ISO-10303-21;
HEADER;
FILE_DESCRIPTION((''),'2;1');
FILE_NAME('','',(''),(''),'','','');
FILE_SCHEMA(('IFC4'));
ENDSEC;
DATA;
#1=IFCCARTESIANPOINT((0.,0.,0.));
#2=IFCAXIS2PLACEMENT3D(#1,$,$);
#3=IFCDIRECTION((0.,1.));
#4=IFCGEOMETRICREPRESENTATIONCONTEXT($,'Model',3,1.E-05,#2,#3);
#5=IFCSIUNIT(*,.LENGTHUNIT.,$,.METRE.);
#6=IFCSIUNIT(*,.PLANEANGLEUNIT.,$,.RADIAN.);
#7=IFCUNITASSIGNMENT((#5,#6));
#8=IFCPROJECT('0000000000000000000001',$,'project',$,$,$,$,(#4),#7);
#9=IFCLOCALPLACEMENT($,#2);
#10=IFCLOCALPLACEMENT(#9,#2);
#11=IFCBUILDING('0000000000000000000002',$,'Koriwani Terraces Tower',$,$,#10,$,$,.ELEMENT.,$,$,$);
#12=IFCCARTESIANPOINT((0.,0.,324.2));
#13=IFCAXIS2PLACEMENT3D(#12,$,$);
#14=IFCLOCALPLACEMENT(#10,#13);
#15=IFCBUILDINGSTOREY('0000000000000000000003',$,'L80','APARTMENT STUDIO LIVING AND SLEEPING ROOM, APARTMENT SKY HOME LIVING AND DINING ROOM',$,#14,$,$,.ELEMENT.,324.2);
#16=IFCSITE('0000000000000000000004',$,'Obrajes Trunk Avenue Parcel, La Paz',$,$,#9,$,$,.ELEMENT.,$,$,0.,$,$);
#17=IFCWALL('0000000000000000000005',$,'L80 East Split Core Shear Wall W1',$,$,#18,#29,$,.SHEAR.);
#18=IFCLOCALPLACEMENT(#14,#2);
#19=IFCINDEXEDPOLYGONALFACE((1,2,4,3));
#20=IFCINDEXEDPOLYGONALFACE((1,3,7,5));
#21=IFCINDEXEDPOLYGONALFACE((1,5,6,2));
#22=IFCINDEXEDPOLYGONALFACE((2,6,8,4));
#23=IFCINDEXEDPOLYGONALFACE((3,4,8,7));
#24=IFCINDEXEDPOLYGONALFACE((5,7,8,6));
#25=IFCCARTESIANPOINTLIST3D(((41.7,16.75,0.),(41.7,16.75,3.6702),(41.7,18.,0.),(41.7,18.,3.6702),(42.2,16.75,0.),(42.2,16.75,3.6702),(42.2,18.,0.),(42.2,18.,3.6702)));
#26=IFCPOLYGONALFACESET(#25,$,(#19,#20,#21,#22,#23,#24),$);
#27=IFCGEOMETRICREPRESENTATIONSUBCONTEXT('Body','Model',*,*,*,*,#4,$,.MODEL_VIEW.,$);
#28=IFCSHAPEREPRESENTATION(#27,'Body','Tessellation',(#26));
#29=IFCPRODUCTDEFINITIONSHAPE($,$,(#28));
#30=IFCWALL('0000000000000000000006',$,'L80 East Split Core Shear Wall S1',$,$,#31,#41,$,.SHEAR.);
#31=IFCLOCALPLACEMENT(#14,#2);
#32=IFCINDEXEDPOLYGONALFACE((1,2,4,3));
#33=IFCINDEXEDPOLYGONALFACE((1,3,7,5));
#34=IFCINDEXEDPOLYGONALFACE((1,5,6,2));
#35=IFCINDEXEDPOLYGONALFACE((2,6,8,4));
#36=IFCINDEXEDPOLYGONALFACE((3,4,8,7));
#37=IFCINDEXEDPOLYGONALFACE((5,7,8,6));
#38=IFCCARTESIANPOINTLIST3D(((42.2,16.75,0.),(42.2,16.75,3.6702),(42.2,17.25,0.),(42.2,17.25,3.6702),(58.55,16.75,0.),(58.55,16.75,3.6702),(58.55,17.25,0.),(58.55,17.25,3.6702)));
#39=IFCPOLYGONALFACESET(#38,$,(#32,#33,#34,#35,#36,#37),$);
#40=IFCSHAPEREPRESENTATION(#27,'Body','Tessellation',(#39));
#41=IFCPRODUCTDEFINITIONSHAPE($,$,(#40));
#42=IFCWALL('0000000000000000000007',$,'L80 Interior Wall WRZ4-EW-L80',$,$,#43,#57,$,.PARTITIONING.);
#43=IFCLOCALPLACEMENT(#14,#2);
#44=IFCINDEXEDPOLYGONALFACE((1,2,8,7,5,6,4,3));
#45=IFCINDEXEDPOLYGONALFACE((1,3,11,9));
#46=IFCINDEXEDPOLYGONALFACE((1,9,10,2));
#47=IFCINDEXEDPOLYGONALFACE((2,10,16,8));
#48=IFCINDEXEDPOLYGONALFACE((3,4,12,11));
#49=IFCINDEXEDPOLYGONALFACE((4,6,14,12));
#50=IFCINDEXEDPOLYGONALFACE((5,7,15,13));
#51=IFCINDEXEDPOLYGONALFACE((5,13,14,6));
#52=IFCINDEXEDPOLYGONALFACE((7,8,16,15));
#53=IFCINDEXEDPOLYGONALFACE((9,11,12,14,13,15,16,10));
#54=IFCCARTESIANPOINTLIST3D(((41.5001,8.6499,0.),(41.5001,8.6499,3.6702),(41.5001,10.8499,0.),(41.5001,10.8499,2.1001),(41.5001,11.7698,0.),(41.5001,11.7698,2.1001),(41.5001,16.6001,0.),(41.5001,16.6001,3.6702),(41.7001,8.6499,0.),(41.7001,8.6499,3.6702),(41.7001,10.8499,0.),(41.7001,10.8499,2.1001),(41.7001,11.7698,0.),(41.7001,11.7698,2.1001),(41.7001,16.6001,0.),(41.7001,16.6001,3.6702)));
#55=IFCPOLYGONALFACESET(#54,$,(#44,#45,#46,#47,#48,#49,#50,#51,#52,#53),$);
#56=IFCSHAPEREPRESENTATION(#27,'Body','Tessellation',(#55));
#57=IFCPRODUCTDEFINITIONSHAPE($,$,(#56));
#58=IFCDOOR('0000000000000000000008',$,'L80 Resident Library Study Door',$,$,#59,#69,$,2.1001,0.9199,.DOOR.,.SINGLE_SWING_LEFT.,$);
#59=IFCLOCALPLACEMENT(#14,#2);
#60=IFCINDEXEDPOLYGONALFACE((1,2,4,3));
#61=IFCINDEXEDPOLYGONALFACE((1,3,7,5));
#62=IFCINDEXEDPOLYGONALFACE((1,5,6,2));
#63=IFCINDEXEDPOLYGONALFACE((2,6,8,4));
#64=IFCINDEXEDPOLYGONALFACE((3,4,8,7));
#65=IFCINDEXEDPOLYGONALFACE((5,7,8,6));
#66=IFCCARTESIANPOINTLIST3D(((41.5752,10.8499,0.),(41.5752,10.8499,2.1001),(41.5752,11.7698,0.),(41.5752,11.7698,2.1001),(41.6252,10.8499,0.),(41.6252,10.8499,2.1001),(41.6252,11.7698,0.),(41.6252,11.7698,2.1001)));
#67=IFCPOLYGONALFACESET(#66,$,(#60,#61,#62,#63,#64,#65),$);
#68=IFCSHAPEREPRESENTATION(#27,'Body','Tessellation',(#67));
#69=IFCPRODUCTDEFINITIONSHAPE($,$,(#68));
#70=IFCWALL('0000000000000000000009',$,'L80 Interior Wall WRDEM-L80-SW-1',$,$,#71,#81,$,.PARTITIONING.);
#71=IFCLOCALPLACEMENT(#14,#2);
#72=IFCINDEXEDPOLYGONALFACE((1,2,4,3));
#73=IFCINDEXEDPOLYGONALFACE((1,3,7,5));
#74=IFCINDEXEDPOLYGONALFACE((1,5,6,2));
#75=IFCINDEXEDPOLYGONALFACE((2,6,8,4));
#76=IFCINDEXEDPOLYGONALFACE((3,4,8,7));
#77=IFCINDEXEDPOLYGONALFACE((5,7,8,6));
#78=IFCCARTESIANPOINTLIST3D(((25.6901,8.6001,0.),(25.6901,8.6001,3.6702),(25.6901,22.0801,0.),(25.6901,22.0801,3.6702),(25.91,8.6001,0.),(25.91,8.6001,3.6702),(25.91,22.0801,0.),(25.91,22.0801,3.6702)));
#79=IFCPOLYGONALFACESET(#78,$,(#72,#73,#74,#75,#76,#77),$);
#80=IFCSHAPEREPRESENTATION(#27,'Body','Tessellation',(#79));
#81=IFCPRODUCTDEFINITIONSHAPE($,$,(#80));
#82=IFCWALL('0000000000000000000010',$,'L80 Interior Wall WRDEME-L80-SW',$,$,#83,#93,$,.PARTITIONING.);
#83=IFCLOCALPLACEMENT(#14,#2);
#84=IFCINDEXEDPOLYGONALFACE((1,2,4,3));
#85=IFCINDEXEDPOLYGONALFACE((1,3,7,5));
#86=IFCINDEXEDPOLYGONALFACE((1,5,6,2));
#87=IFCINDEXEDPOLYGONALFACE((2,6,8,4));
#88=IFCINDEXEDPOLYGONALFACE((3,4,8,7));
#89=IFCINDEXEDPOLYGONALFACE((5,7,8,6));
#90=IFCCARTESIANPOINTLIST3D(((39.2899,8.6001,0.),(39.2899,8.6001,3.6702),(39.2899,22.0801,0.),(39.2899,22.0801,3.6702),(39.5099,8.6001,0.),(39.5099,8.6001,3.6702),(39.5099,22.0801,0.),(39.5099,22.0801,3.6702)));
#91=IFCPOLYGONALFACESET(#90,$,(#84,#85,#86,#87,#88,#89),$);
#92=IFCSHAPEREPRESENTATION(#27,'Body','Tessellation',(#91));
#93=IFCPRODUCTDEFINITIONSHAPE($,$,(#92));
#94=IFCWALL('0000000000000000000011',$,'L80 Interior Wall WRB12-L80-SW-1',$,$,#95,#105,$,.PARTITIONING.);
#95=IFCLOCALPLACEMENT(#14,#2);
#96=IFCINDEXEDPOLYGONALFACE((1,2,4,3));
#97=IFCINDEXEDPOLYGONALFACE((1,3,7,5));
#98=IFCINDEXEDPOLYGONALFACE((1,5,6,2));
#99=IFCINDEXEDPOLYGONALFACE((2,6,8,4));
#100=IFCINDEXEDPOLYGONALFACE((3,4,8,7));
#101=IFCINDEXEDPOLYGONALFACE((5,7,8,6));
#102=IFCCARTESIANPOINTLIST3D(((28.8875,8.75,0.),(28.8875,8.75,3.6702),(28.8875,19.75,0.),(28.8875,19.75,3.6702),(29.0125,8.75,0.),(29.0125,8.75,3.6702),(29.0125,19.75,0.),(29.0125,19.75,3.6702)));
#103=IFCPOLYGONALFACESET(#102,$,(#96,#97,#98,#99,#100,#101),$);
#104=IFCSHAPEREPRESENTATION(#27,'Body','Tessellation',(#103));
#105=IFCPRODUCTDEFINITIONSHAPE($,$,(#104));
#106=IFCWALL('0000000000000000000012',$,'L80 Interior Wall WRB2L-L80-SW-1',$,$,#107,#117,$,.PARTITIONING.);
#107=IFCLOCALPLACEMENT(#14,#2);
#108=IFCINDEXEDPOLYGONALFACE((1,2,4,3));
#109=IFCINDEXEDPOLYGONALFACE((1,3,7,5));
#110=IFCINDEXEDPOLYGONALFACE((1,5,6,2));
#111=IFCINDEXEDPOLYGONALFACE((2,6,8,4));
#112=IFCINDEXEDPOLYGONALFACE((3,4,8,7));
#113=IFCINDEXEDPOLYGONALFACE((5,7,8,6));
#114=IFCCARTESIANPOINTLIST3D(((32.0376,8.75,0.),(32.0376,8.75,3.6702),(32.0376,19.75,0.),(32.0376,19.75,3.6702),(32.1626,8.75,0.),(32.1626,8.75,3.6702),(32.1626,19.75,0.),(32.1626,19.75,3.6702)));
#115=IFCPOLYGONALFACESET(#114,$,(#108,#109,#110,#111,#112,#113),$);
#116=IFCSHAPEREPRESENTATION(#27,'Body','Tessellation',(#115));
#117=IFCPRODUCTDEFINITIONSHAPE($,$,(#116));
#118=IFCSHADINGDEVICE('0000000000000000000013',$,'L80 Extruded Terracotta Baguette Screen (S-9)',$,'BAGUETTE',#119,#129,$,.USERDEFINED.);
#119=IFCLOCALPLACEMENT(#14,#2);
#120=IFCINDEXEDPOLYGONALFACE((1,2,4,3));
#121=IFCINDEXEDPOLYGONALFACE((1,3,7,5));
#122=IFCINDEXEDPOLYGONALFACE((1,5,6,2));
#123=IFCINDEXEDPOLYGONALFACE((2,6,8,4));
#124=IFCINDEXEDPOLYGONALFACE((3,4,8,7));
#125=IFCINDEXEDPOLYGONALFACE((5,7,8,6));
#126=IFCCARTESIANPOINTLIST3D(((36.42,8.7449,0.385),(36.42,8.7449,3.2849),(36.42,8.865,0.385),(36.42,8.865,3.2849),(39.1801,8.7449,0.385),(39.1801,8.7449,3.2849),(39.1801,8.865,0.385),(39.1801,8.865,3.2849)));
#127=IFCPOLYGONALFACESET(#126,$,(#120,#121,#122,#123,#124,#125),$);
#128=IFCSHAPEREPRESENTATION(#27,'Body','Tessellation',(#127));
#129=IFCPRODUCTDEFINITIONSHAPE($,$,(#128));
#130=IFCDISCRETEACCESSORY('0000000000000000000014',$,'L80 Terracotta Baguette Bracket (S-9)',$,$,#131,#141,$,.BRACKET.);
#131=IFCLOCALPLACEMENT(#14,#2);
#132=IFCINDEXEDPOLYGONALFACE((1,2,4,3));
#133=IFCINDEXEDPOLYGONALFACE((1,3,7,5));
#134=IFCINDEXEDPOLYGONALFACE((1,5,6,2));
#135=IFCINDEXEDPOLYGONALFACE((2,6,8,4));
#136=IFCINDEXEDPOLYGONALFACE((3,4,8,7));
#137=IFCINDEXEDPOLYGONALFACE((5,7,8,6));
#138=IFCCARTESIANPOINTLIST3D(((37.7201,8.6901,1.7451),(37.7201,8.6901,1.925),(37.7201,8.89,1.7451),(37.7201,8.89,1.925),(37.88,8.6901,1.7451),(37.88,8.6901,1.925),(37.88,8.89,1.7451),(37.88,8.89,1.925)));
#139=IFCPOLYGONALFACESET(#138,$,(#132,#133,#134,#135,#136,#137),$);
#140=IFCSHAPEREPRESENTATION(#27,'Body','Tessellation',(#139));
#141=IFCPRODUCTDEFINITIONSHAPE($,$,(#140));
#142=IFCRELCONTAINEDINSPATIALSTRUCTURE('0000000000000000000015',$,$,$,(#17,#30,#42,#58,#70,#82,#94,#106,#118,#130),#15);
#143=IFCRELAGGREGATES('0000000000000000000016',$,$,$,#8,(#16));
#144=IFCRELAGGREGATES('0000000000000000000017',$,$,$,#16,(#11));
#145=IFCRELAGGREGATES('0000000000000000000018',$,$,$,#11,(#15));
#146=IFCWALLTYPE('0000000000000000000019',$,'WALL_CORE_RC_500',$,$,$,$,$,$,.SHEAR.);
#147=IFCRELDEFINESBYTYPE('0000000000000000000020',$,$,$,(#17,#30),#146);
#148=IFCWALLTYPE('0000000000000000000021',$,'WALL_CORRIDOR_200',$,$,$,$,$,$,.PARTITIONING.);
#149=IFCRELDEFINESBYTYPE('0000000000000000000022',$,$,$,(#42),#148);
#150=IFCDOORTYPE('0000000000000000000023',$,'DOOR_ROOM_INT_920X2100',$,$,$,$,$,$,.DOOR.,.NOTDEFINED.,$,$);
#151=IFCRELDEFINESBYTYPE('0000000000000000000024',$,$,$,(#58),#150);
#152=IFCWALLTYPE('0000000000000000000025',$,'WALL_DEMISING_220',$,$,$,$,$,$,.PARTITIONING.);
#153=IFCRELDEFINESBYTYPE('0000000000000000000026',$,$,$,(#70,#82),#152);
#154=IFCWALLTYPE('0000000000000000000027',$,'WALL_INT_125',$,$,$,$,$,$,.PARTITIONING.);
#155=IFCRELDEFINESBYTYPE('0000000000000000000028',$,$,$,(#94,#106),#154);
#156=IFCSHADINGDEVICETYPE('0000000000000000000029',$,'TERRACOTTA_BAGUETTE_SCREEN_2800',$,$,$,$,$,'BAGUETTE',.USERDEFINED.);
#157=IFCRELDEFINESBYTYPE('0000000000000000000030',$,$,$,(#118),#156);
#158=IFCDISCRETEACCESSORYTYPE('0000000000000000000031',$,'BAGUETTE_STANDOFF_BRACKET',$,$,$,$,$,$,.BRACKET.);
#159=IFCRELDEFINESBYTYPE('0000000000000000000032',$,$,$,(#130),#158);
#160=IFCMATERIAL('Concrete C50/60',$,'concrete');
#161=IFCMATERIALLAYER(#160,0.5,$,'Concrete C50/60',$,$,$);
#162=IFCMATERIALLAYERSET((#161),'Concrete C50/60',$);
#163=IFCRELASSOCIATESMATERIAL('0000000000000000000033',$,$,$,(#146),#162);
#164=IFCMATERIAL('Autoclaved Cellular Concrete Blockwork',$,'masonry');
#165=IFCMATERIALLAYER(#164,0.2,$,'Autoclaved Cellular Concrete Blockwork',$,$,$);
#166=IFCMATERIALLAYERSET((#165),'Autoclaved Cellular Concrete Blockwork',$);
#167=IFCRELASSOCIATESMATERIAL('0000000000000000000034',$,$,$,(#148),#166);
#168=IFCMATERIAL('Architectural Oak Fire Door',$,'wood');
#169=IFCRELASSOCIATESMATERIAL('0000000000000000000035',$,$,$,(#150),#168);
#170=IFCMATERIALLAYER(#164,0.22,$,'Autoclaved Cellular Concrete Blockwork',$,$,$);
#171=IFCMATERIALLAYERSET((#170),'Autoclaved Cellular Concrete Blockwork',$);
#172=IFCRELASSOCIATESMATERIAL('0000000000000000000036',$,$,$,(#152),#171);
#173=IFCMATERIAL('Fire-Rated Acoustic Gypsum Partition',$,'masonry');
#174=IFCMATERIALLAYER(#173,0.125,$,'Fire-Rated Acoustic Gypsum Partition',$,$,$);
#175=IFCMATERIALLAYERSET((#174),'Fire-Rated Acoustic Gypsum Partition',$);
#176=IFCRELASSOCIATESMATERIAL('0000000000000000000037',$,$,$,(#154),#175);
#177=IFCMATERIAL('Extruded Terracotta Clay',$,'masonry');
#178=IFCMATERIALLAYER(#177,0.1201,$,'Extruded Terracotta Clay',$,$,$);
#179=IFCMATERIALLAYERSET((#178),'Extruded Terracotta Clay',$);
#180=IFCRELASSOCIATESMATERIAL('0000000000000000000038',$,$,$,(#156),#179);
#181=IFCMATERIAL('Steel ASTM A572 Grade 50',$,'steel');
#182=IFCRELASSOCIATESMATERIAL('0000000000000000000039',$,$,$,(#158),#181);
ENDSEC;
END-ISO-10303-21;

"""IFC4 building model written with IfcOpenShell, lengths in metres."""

from ifc_helpers import new_model, si_unit, direction, frame, frame_2d, origin, origin_2d, place, context, subcontext, project, spatial, rectangle, extrude, material, layer, layer_set, type_object, element, fill, save


model = new_model("IFC4")

# Units and contexts
model_context = context("Model", 3, precision=1e-05, world=origin(), true_north=direction((0.0, 1.0)))
body_context = subcontext(model_context, "Body", "Model", "MODEL_VIEW")
ifc_project = project(units=[si_unit("LENGTHUNIT", "METRE"), si_unit("PLANEANGLEUNIT", "RADIAN")], contexts=[model_context])

# Site, building, storey
site_placement = place(None, origin())
site = spatial("IfcSite", under=ifc_project, at=site_placement, Name="Obrajes Trunk Avenue Parcel, La Paz", CompositionType="ELEMENT", RefElevation=0.0)
building_placement = place(site_placement, origin())
building = spatial("IfcBuilding", under=site, at=building_placement, Name="Koriwani Terraces Tower", CompositionType="ELEMENT")
storey_placement = place(building_placement, frame((0.0, 0.0, 324.2)))
storey = spatial("IfcBuildingStorey", under=building, at=storey_placement, Name="L80", Description="APARTMENT STUDIO LIVING AND SLEEPING ROOM, APARTMENT SKY HOME LIVING AND DINING ROOM", CompositionType="ELEMENT", Elevation=324.2)

# Shared definitions
ifc_material_1 = material(Name="Concrete C50/60", Category="concrete")

# Shared definitions
ifc_material_2 = material(Name="Steel ASTM A572 Grade 50", Category="steel")

# Walls
ifc_layer_1 = layer(ifc_material_1, 0.5, Name="Concrete C50/60")
ifc_layer_set_1 = layer_set([ifc_layer_1], Name="Concrete C50/60")
wall_type_1 = type_object("IfcWallType", Name="WALL_CORE_RC_500", PredefinedType="SHEAR", material=ifc_layer_set_1)
wall_1_placement = place(storey_placement, frame((41.95, 16.75, 0.0), z_axis=(0.0, 0.0, 1.0), x_axis=(0.0, 1.0, 0.0)))
element("IfcWall", 1, at=wall_1_placement, inside=storey, type_object=wall_type_1, Name="L80 East Split Core Shear Wall W1", PredefinedType="SHEAR", context=body_context, shape_type="SweptSolid", body=[
    extrude(rectangle(XDim=1.25, YDim=0.5, at=frame_2d((0.625, 0.0))), origin(), (0.0, 0.0, 1.0), 3.6702),
])
wall_2_placement = place(storey_placement, frame((42.2, 17.0, 0.0), z_axis=(0.0, 0.0, 1.0), x_axis=(1.0, 0.0, 0.0)))
element("IfcWall", 2, at=wall_2_placement, inside=storey, type_object=wall_type_1, Name="L80 East Split Core Shear Wall S1", PredefinedType="SHEAR", context=body_context, shape_type="SweptSolid", body=[
    extrude(rectangle(XDim=16.3501, YDim=0.5, at=frame_2d((8.175, 0.0))), origin(), (0.0, 0.0, 1.0), 3.6702),
])

# Wall, opening, door
ifc_material_3 = material(Name="Autoclaved Cellular Concrete Blockwork", Category="masonry")
ifc_layer_2 = layer(ifc_material_3, 0.2, Name="Autoclaved Cellular Concrete Blockwork")
ifc_layer_set_2 = layer_set([ifc_layer_2], Name="Autoclaved Cellular Concrete Blockwork")
wall_type_2 = type_object("IfcWallType", Name="WALL_CORRIDOR_200", PredefinedType="PARTITIONING", material=ifc_layer_set_2)
wall_3_placement = place(storey_placement, frame((41.6001, 8.6499, 0.0), z_axis=(0.0, 0.0, 1.0), x_axis=(0.0, 1.0, 0.0)))
wall_3 = element("IfcWall", 3, at=wall_3_placement, inside=storey, type_object=wall_type_2, Name="L80 Interior Wall WRZ4-EW-L80", PredefinedType="PARTITIONING", context=body_context, shape_type="SweptSolid", body=[
    extrude(rectangle(XDim=7.9502, YDim=0.2, at=frame_2d((3.9751, 0.0))), origin(), (0.0, 0.0, 1.0), 3.6702),
])
opening_placement = place(wall_3_placement, frame((2.2, 0.0, 0.0)))
opening = element("IfcOpeningElement", 4, at=opening_placement, cuts=wall_3, PredefinedType="OPENING", context=body_context, shape_type="SweptSolid", body=[
    extrude(rectangle(XDim=0.9199, YDim=2.1001, at=frame_2d((0.46, 1.05))), frame((0.0, 0.1099, 0.0), z_axis=(0.0, -1.0, 0.0), x_axis=(1.0, 0.0, 0.0)), (0.0, 0.0, 1.0), 0.22),
])
ifc_material_4 = material(Name="Architectural Oak Fire Door", Category="wood")
door_type = type_object("IfcDoorType", Name="DOOR_ROOM_INT_920X2100", OperationType="NOTDEFINED", PredefinedType="DOOR", material=ifc_material_4)
door_placement = place(opening_placement, origin())
door = element("IfcDoor", 5, at=door_placement, inside=storey, type_object=door_type, Name="L80 Resident Library Study Door", OperationType="SINGLE_SWING_LEFT", OverallHeight=2.1001, OverallWidth=0.9199, PredefinedType="DOOR", context=body_context, shape_type="SweptSolid", body=[
    extrude(rectangle(XDim=0.9199, YDim=2.1001, at=frame_2d((0.46, 1.05))), frame((0.0, 0.0249, 0.0), z_axis=(0.0, -1.0, 0.0), x_axis=(1.0, 0.0, 0.0)), (0.0, 0.0, 1.0), 0.05),
])
fill(opening, door)

# Walls
ifc_layer_3 = layer(ifc_material_3, 0.22, Name="Autoclaved Cellular Concrete Blockwork")
ifc_layer_set_3 = layer_set([ifc_layer_3], Name="Autoclaved Cellular Concrete Blockwork")
wall_type_3 = type_object("IfcWallType", Name="WALL_DEMISING_220", PredefinedType="PARTITIONING", material=ifc_layer_set_3)
for number, where, z_axis, x_axis, name in (
    (6, (25.8, 8.6001, 0.0), (0.0, 0.0, 1.0), (0.0, 1.0, 0.0), "L80 Interior Wall WRDEM-L80-SW-1"),
    (7, (39.3999, 8.6001, 0.0), (0.0, 0.0, 1.0), (0.0, 1.0, 0.0), "L80 Interior Wall WRDEME-L80-SW"),
):
    element("IfcWall", number, at=place(storey_placement, frame(where, z_axis=z_axis, x_axis=x_axis)), inside=storey, type_object=wall_type_3, Name=name, PredefinedType="PARTITIONING", context=body_context, shape_type="SweptSolid", body=[
        extrude(rectangle(XDim=13.48, YDim=0.22, at=frame_2d((6.74, 0.0))), origin(), (0.0, 0.0, 1.0), 3.6702),
    ])
ifc_material_5 = material(Name="Fire-Rated Acoustic Gypsum Partition", Category="masonry")
ifc_layer_4 = layer(ifc_material_5, 0.125, Name="Fire-Rated Acoustic Gypsum Partition")
ifc_layer_set_4 = layer_set([ifc_layer_4], Name="Fire-Rated Acoustic Gypsum Partition")
wall_type_4 = type_object("IfcWallType", Name="WALL_INT_125", PredefinedType="PARTITIONING", material=ifc_layer_set_4)
for number, where, z_axis, x_axis, name in (
    (8, (28.95, 8.75, 0.0), (0.0, 0.0, 1.0), (0.0, 1.0, 0.0), "L80 Interior Wall WRB12-L80-SW-1"),
    (9, (32.1001, 8.75, 0.0), (0.0, 0.0, 1.0), (0.0, 1.0, 0.0), "L80 Interior Wall WRB2L-L80-SW-1"),
):
    element("IfcWall", number, at=place(storey_placement, frame(where, z_axis=z_axis, x_axis=x_axis)), inside=storey, type_object=wall_type_4, Name=name, PredefinedType="PARTITIONING", context=body_context, shape_type="SweptSolid", body=[
        extrude(rectangle(XDim=11.0, YDim=0.125, at=frame_2d((5.5, 0.0))), origin(), (0.0, 0.0, 1.0), 3.6702),
    ])

# Shading device
ifc_material_6 = material(Name="Extruded Terracotta Clay", Category="masonry")
ifc_layer_5 = layer(ifc_material_6, 0.1201, Name="Extruded Terracotta Clay")
ifc_layer_set_5 = layer_set([ifc_layer_5], Name="Extruded Terracotta Clay")
shading_device_type = type_object("IfcShadingDeviceType", Name="TERRACOTTA_BAGUETTE_SCREEN_2800", ElementType="BAGUETTE", PredefinedType="USERDEFINED", material=ifc_layer_set_5)
shading_device_placement = place(storey_placement, frame((37.8, 8.8049, 0.385), z_axis=(0.0, 0.0, 1.0), x_axis=(-1.0, 0.0, 0.0)))
element("IfcShadingDevice", 10, at=shading_device_placement, inside=storey, type_object=shading_device_type, Name="L80 Extruded Terracotta Baguette Screen (S-9)", ObjectType="BAGUETTE", PredefinedType="USERDEFINED", context=body_context, shape_type="SweptSolid", body=[
    extrude(rectangle(XDim=2.76, YDim=0.1201, at=origin_2d()), origin(), (0.0, 0.0, 1.0), 2.8999),
])

# Discrete accessory
discrete_accessory_type = type_object("IfcDiscreteAccessoryType", Name="BAGUETTE_STANDOFF_BRACKET", PredefinedType="BRACKET", material=ifc_material_2)
discrete_accessory_placement = place(storey_placement, frame((37.8, 8.79, 1.7451), z_axis=(0.0, 0.0, 1.0), x_axis=(-1.0, 0.0, 0.0)))
element("IfcDiscreteAccessory", 11, at=discrete_accessory_placement, inside=storey, type_object=discrete_accessory_type, Name="L80 Terracotta Baguette Bracket (S-9)", PredefinedType="BRACKET", context=body_context, shape_type="SweptSolid", body=[
    extrude(rectangle(XDim=0.1599, YDim=0.2, at=origin_2d()), origin(), (0.0, 0.0, 1.0), 0.1799),
])

save(model, "model.ifc")
